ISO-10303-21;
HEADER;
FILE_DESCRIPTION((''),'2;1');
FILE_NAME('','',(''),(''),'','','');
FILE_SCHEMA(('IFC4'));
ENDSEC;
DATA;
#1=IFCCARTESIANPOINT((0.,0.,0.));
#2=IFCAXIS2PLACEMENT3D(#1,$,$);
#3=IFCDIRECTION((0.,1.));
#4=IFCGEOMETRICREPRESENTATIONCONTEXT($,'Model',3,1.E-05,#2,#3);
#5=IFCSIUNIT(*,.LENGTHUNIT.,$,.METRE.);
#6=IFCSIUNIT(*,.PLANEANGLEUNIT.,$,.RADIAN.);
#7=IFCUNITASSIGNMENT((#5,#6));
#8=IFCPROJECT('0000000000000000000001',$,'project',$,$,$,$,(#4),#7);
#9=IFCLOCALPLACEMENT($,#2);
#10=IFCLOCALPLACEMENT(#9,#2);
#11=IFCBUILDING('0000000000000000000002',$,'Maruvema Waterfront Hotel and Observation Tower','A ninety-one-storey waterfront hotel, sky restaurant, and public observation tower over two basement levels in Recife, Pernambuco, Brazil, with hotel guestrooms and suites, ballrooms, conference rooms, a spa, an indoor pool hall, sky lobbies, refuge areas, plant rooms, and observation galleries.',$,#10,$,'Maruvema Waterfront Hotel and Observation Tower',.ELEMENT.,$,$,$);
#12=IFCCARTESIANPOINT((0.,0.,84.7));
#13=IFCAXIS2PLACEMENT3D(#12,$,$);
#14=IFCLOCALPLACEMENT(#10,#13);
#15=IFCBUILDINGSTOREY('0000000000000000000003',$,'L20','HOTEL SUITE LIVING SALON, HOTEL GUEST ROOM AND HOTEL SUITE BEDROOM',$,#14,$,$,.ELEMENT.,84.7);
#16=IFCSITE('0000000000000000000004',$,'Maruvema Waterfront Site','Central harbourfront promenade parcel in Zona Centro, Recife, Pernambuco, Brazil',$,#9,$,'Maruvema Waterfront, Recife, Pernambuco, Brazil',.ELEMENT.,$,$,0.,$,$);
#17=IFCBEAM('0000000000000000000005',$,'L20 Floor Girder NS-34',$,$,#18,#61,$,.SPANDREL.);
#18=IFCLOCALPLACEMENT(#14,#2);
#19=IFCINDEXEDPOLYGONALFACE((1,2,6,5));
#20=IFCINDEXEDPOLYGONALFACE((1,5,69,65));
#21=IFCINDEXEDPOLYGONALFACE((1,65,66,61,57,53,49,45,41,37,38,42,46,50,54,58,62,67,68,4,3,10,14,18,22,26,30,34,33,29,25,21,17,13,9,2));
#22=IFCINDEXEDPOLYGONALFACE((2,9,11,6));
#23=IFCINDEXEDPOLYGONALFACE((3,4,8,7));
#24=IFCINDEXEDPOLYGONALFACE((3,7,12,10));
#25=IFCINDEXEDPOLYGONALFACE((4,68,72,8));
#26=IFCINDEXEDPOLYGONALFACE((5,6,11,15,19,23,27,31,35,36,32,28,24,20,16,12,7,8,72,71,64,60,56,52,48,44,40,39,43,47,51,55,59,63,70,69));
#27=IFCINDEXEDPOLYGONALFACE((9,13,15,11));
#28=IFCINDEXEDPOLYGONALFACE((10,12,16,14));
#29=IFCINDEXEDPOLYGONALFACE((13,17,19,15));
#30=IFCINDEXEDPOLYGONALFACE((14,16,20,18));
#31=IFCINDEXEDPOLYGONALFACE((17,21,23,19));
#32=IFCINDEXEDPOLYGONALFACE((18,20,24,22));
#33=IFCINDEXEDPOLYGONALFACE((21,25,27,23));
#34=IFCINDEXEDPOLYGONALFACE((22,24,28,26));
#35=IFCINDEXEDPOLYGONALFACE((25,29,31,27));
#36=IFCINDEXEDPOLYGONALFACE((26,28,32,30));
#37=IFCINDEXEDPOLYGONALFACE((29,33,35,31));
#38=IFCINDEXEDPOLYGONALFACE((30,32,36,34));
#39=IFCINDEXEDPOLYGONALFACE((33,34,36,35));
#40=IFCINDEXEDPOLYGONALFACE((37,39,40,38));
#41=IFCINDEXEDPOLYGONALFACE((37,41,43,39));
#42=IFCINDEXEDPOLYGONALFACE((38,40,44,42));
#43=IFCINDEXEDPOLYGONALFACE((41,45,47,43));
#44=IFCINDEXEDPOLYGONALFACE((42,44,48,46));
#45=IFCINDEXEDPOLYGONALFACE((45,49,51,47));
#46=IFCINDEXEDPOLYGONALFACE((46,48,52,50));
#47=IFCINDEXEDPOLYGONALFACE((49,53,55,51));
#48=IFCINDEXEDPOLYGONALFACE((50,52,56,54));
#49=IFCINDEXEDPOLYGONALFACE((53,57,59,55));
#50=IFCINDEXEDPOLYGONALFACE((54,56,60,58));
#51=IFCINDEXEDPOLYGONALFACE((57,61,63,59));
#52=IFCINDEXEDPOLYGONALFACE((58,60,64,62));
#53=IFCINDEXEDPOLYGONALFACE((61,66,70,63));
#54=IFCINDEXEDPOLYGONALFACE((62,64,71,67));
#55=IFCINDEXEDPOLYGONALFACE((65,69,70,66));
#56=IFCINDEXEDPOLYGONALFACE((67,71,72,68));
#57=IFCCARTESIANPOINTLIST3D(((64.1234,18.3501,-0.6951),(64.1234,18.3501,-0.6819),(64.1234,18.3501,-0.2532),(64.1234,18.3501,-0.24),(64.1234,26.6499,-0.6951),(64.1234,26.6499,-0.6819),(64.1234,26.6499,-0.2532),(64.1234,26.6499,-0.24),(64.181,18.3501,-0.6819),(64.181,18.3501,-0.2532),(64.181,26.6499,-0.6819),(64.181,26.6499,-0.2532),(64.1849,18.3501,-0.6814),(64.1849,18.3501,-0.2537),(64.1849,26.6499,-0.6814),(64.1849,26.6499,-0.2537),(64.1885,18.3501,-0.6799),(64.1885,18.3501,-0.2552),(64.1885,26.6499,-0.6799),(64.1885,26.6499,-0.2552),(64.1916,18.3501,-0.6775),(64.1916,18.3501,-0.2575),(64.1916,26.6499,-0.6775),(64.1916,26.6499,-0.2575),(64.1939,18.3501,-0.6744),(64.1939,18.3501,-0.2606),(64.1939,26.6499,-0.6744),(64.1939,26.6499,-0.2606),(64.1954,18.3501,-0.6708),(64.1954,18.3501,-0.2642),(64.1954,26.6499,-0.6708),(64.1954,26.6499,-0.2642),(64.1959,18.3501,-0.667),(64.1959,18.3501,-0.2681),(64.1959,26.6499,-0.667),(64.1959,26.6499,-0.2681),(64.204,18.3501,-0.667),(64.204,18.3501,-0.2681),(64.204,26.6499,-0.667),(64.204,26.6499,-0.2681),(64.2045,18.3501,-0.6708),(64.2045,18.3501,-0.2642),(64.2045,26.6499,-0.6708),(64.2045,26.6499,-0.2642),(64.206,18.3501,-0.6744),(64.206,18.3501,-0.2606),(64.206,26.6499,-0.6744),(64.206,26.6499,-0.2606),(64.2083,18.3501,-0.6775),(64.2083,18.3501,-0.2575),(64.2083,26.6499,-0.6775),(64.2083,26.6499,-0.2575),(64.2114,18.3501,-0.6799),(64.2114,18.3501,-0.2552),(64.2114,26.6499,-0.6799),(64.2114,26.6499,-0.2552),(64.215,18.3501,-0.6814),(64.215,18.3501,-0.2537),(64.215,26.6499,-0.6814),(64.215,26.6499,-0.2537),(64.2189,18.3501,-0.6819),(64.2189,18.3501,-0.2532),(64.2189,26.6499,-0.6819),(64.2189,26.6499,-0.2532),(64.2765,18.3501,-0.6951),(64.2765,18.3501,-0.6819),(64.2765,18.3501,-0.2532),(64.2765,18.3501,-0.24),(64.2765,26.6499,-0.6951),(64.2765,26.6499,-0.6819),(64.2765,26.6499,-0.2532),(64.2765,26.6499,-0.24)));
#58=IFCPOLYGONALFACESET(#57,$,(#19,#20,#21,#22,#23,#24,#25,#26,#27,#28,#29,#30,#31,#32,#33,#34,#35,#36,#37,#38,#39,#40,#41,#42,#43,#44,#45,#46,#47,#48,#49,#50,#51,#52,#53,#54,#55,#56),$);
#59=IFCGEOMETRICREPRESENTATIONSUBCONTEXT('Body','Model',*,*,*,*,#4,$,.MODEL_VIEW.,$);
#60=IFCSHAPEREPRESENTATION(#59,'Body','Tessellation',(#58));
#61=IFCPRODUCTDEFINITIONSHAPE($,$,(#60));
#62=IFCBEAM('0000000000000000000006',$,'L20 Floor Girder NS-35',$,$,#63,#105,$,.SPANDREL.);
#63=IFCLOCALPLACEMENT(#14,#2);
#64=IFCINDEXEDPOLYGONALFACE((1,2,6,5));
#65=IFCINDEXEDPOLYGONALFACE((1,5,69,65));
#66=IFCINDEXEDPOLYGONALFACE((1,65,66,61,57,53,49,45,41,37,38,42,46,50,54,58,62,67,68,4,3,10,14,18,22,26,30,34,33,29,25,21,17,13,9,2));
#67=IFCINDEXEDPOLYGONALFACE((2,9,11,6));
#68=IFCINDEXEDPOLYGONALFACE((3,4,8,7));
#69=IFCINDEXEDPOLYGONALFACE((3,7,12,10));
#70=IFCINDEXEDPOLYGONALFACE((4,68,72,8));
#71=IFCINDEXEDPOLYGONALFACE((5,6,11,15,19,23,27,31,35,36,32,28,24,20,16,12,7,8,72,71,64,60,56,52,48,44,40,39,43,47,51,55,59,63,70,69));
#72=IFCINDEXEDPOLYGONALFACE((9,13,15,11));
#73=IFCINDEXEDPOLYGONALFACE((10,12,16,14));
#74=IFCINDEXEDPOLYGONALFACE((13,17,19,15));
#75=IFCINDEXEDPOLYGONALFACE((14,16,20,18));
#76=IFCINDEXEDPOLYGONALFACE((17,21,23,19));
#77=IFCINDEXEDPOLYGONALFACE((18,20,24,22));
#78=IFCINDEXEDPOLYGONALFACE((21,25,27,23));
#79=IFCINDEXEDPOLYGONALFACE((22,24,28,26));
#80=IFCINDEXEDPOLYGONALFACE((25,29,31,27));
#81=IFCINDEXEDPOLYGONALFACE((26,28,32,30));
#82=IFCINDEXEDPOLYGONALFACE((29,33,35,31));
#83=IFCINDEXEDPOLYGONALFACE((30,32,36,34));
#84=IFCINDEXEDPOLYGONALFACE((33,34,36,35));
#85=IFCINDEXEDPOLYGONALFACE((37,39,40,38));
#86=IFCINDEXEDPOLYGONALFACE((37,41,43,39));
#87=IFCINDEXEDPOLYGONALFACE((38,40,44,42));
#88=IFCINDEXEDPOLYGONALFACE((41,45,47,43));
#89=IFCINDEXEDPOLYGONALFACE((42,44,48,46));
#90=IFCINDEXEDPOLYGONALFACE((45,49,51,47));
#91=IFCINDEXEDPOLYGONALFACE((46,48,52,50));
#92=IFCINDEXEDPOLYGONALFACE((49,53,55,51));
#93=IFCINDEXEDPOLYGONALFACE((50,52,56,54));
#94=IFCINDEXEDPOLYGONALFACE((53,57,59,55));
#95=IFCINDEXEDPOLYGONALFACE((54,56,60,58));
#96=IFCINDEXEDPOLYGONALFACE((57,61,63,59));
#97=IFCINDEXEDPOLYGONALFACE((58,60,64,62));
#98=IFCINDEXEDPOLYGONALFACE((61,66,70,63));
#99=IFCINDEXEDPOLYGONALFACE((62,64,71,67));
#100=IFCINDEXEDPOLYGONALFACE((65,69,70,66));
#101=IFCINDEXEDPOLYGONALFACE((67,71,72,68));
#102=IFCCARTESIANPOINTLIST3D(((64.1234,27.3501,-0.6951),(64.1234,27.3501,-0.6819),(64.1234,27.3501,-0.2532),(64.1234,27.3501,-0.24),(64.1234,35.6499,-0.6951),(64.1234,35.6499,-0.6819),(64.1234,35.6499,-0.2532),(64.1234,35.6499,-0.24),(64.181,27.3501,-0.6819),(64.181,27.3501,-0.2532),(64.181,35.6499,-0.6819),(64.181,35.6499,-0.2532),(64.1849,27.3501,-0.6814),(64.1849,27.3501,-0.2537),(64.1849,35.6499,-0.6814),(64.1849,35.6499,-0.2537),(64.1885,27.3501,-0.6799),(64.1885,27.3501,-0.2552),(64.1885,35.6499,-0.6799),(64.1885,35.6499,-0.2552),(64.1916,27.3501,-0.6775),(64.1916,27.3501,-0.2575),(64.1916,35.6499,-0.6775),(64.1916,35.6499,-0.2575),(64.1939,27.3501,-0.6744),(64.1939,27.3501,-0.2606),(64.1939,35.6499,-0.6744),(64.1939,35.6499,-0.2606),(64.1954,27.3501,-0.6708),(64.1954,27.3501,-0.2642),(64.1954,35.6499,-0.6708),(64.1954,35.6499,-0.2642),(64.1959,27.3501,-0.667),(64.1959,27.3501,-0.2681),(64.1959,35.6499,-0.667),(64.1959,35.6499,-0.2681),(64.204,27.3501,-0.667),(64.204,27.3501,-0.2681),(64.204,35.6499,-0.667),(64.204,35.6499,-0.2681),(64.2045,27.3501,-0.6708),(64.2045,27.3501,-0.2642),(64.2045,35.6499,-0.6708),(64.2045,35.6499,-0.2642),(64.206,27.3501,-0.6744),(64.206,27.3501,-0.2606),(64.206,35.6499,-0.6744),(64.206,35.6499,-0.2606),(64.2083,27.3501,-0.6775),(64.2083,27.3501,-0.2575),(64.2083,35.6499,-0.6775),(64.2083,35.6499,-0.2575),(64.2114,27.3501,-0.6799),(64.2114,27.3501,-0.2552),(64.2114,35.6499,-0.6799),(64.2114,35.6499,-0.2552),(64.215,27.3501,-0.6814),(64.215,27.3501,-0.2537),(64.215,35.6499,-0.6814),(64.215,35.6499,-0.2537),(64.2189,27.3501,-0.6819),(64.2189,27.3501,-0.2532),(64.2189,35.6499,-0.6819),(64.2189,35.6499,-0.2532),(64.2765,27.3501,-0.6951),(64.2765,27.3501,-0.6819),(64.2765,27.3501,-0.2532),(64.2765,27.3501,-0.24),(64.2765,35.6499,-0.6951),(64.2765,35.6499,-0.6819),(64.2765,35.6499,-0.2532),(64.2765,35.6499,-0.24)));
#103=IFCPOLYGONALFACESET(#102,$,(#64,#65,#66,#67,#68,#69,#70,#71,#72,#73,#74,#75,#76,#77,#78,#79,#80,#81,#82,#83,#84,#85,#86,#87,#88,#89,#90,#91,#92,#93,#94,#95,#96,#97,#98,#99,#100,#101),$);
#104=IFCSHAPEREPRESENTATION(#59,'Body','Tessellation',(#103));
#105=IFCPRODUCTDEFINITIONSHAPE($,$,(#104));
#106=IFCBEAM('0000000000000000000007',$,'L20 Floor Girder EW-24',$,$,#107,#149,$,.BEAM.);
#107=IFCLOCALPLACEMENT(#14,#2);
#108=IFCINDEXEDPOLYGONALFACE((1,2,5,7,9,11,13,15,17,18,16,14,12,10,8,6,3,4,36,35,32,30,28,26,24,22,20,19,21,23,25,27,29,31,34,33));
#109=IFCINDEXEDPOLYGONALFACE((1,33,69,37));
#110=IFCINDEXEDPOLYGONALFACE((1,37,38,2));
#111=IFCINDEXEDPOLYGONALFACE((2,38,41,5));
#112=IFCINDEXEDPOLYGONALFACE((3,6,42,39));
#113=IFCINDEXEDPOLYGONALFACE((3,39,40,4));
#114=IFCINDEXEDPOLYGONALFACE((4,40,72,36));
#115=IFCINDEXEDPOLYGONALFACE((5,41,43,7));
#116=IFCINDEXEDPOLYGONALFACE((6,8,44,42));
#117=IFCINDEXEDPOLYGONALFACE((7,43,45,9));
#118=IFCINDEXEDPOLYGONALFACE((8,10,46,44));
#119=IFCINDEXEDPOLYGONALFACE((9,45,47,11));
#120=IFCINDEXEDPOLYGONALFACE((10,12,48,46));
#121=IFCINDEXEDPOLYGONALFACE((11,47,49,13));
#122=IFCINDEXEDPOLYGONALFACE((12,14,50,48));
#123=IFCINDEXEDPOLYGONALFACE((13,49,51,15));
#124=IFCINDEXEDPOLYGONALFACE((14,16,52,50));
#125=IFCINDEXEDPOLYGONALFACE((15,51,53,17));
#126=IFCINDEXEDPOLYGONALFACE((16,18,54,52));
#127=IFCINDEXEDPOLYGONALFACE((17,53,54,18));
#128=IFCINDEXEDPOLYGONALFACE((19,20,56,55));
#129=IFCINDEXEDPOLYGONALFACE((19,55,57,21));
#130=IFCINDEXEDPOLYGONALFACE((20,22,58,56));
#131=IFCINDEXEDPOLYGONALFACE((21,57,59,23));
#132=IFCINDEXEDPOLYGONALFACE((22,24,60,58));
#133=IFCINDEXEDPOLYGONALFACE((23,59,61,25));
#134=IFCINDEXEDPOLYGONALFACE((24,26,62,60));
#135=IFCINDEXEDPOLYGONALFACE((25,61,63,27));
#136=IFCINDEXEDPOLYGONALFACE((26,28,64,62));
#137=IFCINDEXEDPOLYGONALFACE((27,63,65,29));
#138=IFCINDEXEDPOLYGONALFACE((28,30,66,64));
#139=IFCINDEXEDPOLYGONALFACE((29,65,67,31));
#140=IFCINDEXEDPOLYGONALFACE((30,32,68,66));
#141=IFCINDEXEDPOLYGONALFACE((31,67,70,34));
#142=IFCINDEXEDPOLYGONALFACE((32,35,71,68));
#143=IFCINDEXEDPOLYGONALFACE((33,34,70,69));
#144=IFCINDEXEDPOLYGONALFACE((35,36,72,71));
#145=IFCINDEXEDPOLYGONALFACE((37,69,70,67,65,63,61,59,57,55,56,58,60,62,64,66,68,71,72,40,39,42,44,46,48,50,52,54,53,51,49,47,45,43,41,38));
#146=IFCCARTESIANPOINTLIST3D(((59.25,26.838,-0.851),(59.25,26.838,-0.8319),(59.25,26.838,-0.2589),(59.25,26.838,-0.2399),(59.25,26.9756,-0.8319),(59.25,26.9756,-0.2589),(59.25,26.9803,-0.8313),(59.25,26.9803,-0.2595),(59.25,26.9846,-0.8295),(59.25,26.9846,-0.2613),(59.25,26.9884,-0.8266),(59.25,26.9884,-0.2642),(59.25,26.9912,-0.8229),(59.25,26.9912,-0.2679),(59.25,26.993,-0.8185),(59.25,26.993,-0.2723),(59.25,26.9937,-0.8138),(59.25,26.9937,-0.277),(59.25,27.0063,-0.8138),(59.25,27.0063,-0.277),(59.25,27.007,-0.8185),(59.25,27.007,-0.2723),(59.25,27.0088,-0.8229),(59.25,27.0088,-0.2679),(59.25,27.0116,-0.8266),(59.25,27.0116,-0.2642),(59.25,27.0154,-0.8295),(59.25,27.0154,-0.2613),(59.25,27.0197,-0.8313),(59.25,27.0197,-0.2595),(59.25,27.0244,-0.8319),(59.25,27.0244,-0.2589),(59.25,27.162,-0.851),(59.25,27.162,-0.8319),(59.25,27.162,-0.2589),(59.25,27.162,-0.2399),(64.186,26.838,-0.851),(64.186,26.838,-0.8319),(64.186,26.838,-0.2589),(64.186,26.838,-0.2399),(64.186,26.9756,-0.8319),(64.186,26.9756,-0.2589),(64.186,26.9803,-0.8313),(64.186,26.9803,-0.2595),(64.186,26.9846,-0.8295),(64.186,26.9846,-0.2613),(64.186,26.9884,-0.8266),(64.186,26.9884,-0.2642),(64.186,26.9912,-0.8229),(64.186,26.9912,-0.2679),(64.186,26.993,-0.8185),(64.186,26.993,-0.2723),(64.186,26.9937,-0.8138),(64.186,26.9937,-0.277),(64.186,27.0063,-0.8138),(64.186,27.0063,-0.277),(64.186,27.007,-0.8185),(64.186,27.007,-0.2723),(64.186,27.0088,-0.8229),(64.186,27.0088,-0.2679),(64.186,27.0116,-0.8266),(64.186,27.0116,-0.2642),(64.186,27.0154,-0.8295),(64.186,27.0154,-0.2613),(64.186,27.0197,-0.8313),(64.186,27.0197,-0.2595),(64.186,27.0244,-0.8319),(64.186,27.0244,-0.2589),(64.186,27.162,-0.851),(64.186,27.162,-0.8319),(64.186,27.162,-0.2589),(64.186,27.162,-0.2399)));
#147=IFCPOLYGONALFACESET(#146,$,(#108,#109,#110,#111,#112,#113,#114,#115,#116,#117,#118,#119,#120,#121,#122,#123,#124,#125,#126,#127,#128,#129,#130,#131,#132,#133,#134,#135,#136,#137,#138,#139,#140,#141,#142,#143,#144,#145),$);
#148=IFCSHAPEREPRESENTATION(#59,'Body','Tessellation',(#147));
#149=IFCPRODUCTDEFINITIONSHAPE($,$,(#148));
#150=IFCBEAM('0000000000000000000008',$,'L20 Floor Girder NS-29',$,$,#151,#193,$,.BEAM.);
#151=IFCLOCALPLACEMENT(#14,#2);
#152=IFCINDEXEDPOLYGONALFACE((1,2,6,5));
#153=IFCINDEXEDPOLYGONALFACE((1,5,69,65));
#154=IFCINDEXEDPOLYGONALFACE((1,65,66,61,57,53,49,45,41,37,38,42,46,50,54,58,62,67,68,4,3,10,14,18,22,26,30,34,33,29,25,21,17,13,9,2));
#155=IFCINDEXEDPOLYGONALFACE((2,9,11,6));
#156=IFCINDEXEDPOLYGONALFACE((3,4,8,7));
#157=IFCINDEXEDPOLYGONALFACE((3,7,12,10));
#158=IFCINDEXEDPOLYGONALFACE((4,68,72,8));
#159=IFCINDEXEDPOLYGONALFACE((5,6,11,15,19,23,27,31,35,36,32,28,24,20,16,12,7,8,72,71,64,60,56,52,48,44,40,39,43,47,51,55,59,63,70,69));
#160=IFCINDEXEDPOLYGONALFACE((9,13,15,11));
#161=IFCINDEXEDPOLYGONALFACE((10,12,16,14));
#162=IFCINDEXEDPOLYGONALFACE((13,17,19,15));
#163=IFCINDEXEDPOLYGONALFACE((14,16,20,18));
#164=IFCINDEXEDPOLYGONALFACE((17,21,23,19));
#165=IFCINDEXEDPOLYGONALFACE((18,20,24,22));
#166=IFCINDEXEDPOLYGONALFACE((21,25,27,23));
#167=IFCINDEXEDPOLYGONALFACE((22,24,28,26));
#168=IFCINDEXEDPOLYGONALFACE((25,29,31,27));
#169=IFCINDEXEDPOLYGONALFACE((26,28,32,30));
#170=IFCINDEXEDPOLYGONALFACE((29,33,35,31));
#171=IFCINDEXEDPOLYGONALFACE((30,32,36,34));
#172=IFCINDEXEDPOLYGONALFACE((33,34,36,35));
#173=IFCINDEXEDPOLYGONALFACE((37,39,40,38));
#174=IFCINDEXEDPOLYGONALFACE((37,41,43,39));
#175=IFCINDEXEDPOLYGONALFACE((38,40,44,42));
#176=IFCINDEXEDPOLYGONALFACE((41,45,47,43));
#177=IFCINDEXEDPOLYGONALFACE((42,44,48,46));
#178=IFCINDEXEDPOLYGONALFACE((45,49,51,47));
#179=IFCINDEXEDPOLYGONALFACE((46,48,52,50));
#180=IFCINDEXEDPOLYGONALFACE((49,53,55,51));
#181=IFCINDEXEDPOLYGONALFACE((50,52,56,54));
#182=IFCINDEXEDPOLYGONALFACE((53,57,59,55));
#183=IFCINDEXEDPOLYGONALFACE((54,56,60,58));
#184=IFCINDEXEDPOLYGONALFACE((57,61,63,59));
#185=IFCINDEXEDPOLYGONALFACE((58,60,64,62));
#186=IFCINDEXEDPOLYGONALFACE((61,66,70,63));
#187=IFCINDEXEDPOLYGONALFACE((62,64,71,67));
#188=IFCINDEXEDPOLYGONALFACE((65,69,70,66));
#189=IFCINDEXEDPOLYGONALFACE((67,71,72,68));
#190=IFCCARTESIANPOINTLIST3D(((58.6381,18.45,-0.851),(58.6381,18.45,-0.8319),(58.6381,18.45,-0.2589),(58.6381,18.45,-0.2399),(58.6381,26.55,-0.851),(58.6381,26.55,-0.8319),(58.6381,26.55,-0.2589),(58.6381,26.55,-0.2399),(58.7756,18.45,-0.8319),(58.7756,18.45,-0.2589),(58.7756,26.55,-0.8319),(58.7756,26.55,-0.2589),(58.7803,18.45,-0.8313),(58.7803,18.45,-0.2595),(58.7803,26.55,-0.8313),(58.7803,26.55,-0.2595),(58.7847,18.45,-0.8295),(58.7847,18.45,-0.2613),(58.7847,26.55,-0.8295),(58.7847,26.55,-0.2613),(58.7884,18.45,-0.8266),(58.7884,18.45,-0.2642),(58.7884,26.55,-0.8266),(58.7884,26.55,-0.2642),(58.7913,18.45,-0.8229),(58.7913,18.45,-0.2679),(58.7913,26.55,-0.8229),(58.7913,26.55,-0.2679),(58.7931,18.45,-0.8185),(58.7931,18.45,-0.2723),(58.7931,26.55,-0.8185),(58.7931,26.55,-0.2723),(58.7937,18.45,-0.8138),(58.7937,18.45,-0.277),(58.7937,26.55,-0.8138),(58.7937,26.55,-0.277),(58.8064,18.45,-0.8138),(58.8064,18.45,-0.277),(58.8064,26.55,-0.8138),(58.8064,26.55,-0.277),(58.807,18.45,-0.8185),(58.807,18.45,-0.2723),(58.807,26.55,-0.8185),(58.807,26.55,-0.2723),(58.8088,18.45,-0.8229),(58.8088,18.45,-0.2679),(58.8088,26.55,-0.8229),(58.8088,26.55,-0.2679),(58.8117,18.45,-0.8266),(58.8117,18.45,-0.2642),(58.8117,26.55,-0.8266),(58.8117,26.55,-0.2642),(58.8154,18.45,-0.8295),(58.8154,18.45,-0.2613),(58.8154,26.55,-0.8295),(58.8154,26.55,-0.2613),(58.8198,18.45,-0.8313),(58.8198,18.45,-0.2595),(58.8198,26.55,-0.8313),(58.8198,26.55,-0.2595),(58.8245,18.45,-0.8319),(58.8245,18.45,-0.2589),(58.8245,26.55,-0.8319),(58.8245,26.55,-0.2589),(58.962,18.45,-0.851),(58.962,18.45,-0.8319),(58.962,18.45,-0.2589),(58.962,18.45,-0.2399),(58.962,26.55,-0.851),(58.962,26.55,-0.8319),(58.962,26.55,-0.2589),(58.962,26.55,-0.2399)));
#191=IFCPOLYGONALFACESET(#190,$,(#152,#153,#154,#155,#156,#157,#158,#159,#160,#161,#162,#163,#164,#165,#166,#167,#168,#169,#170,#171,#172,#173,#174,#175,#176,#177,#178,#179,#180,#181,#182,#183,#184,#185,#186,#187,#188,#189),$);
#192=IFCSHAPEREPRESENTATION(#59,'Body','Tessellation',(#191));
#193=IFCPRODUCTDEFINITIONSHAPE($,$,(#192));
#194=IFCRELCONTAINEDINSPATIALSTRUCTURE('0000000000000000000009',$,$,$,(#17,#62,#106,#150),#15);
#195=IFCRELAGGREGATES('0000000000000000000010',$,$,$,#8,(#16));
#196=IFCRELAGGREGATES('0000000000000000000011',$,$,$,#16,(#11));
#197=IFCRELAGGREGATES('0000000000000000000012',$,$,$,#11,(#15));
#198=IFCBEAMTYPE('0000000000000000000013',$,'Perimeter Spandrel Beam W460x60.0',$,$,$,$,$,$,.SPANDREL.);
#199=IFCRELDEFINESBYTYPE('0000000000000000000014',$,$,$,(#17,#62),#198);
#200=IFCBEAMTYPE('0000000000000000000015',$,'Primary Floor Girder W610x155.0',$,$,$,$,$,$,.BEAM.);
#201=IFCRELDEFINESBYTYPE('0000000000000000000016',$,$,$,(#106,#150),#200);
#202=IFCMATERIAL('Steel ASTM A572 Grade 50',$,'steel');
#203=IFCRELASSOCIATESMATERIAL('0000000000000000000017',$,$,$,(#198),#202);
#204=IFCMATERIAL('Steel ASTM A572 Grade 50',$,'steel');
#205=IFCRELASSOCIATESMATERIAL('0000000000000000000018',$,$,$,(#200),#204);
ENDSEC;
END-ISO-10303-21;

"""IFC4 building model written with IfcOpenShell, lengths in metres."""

from ifc_helpers import new_model, si_unit, direction, frame, origin, origin_2d, place, context, subcontext, project, spatial, i_section, extrude, material, material_profile, profile_set, type_object, element, save


model = new_model("IFC4")

# Units and contexts
model_context = context("Model", 3, precision=1e-05, world=origin(), true_north=direction((0.0, 1.0)))
body_context = subcontext(model_context, "Body", "Model", "MODEL_VIEW")
ifc_project = project(units=[si_unit("LENGTHUNIT", "METRE"), si_unit("PLANEANGLEUNIT", "RADIAN")], contexts=[model_context])

# Site, building, storey
site_placement = place(None, origin())
site = spatial("IfcSite", under=ifc_project, at=site_placement, Name="Maruvema Waterfront Site", Description="Central harbourfront promenade parcel in Zona Centro, Recife, Pernambuco, Brazil", LongName="Maruvema Waterfront, Recife, Pernambuco, Brazil", CompositionType="ELEMENT", RefElevation=0.0)
building_placement = place(site_placement, origin())
building = spatial("IfcBuilding", under=site, at=building_placement, Name="Maruvema Waterfront Hotel and Observation Tower", Description="A ninety-one-storey waterfront hotel, sky restaurant, and public observation tower over two basement levels in Recife, Pernambuco, Brazil, with hotel guestrooms and suites, ballrooms, conference rooms, a spa, an indoor pool hall, sky lobbies, refuge areas, plant rooms, and observation galleries.", LongName="Maruvema Waterfront Hotel and Observation Tower", CompositionType="ELEMENT")
storey_placement = place(building_placement, frame((0.0, 0.0, 84.7)))
storey = spatial("IfcBuildingStorey", under=building, at=storey_placement, Name="L20", Description="HOTEL SUITE LIVING SALON, HOTEL GUEST ROOM AND HOTEL SUITE BEDROOM", CompositionType="ELEMENT", Elevation=84.7)

# Beams
ifc_material_1 = material(Name="Steel ASTM A572 Grade 50", Category="steel")
ifc_material_profile_1 = material_profile(ifc_material_1, i_section(OverallWidth=0.1531, OverallDepth=0.4551, WebThickness=0.0081, FlangeThickness=0.0132, FilletRadius=0.0149, at=origin_2d()), Name="W460x60.0")
ifc_profile_set_1 = profile_set([ifc_material_profile_1], Name="Steel ASTM A572 Grade 50")
beam_type_1 = type_object("IfcBeamType", Name="Perimeter Spandrel Beam W460x60.0", PredefinedType="SPANDREL", material=ifc_profile_set_1)
for number, where, z_axis, x_axis, name in (
    (1, (64.2, 18.3501, -0.4675), (0.0, 1.0, 0.0), (-1.0, 0.0, 0.0), "L20 Floor Girder NS-34"),
    (2, (64.2, 27.3501, -0.4675), (0.0, 1.0, 0.0), (-1.0, 0.0, 0.0), "L20 Floor Girder NS-35"),
):
    element("IfcBeam", number, at=place(storey_placement, frame(where, z_axis=z_axis, x_axis=x_axis)), inside=storey, type_object=beam_type_1, Name=name, PredefinedType="SPANDREL", context=body_context, shape_type="SweptSolid", body=[
        extrude(i_section(OverallWidth=0.1531, OverallDepth=0.4551, WebThickness=0.0081, FlangeThickness=0.0132, FilletRadius=0.0149, at=origin_2d()), origin(), (0.0, 0.0, 1.0), 8.2998),
    ])
ifc_material_2 = material(Name="Steel ASTM A572 Grade 50", Category="steel")
ifc_material_profile_2 = material_profile(ifc_material_2, i_section(OverallWidth=0.324, OverallDepth=0.6111, WebThickness=0.0127, FlangeThickness=0.019, FilletRadius=0.0181, at=origin_2d()), Name="W610x155.0")
ifc_profile_set_2 = profile_set([ifc_material_profile_2], Name="Steel ASTM A572 Grade 50")
beam_type_2 = type_object("IfcBeamType", Name="Primary Floor Girder W610x155.0", PredefinedType="BEAM", material=ifc_profile_set_2)
beam_1_placement = place(storey_placement, frame((59.25, 27.0, -0.5454), z_axis=(1.0, 0.0, 0.0), x_axis=(0.0, 1.0, 0.0)))
element("IfcBeam", 3, at=beam_1_placement, inside=storey, type_object=beam_type_2, Name="L20 Floor Girder EW-24", PredefinedType="BEAM", context=body_context, shape_type="SweptSolid", body=[
    extrude(i_section(OverallWidth=0.324, OverallDepth=0.6111, WebThickness=0.0127, FlangeThickness=0.019, FilletRadius=0.0181, at=origin_2d()), origin(), (0.0, 0.0, 1.0), 4.936),
])
beam_2_placement = place(storey_placement, frame((58.8, 18.45, -0.5454), z_axis=(0.0, 1.0, 0.0), x_axis=(-1.0, 0.0, 0.0)))
element("IfcBeam", 4, at=beam_2_placement, inside=storey, type_object=beam_type_2, Name="L20 Floor Girder NS-29", PredefinedType="BEAM", context=body_context, shape_type="SweptSolid", body=[
    extrude(i_section(OverallWidth=0.324, OverallDepth=0.6111, WebThickness=0.0127, FlangeThickness=0.019, FilletRadius=0.0181, at=origin_2d()), origin(), (0.0, 0.0, 1.0), 8.1001),
])

save(model, "model.ifc")
